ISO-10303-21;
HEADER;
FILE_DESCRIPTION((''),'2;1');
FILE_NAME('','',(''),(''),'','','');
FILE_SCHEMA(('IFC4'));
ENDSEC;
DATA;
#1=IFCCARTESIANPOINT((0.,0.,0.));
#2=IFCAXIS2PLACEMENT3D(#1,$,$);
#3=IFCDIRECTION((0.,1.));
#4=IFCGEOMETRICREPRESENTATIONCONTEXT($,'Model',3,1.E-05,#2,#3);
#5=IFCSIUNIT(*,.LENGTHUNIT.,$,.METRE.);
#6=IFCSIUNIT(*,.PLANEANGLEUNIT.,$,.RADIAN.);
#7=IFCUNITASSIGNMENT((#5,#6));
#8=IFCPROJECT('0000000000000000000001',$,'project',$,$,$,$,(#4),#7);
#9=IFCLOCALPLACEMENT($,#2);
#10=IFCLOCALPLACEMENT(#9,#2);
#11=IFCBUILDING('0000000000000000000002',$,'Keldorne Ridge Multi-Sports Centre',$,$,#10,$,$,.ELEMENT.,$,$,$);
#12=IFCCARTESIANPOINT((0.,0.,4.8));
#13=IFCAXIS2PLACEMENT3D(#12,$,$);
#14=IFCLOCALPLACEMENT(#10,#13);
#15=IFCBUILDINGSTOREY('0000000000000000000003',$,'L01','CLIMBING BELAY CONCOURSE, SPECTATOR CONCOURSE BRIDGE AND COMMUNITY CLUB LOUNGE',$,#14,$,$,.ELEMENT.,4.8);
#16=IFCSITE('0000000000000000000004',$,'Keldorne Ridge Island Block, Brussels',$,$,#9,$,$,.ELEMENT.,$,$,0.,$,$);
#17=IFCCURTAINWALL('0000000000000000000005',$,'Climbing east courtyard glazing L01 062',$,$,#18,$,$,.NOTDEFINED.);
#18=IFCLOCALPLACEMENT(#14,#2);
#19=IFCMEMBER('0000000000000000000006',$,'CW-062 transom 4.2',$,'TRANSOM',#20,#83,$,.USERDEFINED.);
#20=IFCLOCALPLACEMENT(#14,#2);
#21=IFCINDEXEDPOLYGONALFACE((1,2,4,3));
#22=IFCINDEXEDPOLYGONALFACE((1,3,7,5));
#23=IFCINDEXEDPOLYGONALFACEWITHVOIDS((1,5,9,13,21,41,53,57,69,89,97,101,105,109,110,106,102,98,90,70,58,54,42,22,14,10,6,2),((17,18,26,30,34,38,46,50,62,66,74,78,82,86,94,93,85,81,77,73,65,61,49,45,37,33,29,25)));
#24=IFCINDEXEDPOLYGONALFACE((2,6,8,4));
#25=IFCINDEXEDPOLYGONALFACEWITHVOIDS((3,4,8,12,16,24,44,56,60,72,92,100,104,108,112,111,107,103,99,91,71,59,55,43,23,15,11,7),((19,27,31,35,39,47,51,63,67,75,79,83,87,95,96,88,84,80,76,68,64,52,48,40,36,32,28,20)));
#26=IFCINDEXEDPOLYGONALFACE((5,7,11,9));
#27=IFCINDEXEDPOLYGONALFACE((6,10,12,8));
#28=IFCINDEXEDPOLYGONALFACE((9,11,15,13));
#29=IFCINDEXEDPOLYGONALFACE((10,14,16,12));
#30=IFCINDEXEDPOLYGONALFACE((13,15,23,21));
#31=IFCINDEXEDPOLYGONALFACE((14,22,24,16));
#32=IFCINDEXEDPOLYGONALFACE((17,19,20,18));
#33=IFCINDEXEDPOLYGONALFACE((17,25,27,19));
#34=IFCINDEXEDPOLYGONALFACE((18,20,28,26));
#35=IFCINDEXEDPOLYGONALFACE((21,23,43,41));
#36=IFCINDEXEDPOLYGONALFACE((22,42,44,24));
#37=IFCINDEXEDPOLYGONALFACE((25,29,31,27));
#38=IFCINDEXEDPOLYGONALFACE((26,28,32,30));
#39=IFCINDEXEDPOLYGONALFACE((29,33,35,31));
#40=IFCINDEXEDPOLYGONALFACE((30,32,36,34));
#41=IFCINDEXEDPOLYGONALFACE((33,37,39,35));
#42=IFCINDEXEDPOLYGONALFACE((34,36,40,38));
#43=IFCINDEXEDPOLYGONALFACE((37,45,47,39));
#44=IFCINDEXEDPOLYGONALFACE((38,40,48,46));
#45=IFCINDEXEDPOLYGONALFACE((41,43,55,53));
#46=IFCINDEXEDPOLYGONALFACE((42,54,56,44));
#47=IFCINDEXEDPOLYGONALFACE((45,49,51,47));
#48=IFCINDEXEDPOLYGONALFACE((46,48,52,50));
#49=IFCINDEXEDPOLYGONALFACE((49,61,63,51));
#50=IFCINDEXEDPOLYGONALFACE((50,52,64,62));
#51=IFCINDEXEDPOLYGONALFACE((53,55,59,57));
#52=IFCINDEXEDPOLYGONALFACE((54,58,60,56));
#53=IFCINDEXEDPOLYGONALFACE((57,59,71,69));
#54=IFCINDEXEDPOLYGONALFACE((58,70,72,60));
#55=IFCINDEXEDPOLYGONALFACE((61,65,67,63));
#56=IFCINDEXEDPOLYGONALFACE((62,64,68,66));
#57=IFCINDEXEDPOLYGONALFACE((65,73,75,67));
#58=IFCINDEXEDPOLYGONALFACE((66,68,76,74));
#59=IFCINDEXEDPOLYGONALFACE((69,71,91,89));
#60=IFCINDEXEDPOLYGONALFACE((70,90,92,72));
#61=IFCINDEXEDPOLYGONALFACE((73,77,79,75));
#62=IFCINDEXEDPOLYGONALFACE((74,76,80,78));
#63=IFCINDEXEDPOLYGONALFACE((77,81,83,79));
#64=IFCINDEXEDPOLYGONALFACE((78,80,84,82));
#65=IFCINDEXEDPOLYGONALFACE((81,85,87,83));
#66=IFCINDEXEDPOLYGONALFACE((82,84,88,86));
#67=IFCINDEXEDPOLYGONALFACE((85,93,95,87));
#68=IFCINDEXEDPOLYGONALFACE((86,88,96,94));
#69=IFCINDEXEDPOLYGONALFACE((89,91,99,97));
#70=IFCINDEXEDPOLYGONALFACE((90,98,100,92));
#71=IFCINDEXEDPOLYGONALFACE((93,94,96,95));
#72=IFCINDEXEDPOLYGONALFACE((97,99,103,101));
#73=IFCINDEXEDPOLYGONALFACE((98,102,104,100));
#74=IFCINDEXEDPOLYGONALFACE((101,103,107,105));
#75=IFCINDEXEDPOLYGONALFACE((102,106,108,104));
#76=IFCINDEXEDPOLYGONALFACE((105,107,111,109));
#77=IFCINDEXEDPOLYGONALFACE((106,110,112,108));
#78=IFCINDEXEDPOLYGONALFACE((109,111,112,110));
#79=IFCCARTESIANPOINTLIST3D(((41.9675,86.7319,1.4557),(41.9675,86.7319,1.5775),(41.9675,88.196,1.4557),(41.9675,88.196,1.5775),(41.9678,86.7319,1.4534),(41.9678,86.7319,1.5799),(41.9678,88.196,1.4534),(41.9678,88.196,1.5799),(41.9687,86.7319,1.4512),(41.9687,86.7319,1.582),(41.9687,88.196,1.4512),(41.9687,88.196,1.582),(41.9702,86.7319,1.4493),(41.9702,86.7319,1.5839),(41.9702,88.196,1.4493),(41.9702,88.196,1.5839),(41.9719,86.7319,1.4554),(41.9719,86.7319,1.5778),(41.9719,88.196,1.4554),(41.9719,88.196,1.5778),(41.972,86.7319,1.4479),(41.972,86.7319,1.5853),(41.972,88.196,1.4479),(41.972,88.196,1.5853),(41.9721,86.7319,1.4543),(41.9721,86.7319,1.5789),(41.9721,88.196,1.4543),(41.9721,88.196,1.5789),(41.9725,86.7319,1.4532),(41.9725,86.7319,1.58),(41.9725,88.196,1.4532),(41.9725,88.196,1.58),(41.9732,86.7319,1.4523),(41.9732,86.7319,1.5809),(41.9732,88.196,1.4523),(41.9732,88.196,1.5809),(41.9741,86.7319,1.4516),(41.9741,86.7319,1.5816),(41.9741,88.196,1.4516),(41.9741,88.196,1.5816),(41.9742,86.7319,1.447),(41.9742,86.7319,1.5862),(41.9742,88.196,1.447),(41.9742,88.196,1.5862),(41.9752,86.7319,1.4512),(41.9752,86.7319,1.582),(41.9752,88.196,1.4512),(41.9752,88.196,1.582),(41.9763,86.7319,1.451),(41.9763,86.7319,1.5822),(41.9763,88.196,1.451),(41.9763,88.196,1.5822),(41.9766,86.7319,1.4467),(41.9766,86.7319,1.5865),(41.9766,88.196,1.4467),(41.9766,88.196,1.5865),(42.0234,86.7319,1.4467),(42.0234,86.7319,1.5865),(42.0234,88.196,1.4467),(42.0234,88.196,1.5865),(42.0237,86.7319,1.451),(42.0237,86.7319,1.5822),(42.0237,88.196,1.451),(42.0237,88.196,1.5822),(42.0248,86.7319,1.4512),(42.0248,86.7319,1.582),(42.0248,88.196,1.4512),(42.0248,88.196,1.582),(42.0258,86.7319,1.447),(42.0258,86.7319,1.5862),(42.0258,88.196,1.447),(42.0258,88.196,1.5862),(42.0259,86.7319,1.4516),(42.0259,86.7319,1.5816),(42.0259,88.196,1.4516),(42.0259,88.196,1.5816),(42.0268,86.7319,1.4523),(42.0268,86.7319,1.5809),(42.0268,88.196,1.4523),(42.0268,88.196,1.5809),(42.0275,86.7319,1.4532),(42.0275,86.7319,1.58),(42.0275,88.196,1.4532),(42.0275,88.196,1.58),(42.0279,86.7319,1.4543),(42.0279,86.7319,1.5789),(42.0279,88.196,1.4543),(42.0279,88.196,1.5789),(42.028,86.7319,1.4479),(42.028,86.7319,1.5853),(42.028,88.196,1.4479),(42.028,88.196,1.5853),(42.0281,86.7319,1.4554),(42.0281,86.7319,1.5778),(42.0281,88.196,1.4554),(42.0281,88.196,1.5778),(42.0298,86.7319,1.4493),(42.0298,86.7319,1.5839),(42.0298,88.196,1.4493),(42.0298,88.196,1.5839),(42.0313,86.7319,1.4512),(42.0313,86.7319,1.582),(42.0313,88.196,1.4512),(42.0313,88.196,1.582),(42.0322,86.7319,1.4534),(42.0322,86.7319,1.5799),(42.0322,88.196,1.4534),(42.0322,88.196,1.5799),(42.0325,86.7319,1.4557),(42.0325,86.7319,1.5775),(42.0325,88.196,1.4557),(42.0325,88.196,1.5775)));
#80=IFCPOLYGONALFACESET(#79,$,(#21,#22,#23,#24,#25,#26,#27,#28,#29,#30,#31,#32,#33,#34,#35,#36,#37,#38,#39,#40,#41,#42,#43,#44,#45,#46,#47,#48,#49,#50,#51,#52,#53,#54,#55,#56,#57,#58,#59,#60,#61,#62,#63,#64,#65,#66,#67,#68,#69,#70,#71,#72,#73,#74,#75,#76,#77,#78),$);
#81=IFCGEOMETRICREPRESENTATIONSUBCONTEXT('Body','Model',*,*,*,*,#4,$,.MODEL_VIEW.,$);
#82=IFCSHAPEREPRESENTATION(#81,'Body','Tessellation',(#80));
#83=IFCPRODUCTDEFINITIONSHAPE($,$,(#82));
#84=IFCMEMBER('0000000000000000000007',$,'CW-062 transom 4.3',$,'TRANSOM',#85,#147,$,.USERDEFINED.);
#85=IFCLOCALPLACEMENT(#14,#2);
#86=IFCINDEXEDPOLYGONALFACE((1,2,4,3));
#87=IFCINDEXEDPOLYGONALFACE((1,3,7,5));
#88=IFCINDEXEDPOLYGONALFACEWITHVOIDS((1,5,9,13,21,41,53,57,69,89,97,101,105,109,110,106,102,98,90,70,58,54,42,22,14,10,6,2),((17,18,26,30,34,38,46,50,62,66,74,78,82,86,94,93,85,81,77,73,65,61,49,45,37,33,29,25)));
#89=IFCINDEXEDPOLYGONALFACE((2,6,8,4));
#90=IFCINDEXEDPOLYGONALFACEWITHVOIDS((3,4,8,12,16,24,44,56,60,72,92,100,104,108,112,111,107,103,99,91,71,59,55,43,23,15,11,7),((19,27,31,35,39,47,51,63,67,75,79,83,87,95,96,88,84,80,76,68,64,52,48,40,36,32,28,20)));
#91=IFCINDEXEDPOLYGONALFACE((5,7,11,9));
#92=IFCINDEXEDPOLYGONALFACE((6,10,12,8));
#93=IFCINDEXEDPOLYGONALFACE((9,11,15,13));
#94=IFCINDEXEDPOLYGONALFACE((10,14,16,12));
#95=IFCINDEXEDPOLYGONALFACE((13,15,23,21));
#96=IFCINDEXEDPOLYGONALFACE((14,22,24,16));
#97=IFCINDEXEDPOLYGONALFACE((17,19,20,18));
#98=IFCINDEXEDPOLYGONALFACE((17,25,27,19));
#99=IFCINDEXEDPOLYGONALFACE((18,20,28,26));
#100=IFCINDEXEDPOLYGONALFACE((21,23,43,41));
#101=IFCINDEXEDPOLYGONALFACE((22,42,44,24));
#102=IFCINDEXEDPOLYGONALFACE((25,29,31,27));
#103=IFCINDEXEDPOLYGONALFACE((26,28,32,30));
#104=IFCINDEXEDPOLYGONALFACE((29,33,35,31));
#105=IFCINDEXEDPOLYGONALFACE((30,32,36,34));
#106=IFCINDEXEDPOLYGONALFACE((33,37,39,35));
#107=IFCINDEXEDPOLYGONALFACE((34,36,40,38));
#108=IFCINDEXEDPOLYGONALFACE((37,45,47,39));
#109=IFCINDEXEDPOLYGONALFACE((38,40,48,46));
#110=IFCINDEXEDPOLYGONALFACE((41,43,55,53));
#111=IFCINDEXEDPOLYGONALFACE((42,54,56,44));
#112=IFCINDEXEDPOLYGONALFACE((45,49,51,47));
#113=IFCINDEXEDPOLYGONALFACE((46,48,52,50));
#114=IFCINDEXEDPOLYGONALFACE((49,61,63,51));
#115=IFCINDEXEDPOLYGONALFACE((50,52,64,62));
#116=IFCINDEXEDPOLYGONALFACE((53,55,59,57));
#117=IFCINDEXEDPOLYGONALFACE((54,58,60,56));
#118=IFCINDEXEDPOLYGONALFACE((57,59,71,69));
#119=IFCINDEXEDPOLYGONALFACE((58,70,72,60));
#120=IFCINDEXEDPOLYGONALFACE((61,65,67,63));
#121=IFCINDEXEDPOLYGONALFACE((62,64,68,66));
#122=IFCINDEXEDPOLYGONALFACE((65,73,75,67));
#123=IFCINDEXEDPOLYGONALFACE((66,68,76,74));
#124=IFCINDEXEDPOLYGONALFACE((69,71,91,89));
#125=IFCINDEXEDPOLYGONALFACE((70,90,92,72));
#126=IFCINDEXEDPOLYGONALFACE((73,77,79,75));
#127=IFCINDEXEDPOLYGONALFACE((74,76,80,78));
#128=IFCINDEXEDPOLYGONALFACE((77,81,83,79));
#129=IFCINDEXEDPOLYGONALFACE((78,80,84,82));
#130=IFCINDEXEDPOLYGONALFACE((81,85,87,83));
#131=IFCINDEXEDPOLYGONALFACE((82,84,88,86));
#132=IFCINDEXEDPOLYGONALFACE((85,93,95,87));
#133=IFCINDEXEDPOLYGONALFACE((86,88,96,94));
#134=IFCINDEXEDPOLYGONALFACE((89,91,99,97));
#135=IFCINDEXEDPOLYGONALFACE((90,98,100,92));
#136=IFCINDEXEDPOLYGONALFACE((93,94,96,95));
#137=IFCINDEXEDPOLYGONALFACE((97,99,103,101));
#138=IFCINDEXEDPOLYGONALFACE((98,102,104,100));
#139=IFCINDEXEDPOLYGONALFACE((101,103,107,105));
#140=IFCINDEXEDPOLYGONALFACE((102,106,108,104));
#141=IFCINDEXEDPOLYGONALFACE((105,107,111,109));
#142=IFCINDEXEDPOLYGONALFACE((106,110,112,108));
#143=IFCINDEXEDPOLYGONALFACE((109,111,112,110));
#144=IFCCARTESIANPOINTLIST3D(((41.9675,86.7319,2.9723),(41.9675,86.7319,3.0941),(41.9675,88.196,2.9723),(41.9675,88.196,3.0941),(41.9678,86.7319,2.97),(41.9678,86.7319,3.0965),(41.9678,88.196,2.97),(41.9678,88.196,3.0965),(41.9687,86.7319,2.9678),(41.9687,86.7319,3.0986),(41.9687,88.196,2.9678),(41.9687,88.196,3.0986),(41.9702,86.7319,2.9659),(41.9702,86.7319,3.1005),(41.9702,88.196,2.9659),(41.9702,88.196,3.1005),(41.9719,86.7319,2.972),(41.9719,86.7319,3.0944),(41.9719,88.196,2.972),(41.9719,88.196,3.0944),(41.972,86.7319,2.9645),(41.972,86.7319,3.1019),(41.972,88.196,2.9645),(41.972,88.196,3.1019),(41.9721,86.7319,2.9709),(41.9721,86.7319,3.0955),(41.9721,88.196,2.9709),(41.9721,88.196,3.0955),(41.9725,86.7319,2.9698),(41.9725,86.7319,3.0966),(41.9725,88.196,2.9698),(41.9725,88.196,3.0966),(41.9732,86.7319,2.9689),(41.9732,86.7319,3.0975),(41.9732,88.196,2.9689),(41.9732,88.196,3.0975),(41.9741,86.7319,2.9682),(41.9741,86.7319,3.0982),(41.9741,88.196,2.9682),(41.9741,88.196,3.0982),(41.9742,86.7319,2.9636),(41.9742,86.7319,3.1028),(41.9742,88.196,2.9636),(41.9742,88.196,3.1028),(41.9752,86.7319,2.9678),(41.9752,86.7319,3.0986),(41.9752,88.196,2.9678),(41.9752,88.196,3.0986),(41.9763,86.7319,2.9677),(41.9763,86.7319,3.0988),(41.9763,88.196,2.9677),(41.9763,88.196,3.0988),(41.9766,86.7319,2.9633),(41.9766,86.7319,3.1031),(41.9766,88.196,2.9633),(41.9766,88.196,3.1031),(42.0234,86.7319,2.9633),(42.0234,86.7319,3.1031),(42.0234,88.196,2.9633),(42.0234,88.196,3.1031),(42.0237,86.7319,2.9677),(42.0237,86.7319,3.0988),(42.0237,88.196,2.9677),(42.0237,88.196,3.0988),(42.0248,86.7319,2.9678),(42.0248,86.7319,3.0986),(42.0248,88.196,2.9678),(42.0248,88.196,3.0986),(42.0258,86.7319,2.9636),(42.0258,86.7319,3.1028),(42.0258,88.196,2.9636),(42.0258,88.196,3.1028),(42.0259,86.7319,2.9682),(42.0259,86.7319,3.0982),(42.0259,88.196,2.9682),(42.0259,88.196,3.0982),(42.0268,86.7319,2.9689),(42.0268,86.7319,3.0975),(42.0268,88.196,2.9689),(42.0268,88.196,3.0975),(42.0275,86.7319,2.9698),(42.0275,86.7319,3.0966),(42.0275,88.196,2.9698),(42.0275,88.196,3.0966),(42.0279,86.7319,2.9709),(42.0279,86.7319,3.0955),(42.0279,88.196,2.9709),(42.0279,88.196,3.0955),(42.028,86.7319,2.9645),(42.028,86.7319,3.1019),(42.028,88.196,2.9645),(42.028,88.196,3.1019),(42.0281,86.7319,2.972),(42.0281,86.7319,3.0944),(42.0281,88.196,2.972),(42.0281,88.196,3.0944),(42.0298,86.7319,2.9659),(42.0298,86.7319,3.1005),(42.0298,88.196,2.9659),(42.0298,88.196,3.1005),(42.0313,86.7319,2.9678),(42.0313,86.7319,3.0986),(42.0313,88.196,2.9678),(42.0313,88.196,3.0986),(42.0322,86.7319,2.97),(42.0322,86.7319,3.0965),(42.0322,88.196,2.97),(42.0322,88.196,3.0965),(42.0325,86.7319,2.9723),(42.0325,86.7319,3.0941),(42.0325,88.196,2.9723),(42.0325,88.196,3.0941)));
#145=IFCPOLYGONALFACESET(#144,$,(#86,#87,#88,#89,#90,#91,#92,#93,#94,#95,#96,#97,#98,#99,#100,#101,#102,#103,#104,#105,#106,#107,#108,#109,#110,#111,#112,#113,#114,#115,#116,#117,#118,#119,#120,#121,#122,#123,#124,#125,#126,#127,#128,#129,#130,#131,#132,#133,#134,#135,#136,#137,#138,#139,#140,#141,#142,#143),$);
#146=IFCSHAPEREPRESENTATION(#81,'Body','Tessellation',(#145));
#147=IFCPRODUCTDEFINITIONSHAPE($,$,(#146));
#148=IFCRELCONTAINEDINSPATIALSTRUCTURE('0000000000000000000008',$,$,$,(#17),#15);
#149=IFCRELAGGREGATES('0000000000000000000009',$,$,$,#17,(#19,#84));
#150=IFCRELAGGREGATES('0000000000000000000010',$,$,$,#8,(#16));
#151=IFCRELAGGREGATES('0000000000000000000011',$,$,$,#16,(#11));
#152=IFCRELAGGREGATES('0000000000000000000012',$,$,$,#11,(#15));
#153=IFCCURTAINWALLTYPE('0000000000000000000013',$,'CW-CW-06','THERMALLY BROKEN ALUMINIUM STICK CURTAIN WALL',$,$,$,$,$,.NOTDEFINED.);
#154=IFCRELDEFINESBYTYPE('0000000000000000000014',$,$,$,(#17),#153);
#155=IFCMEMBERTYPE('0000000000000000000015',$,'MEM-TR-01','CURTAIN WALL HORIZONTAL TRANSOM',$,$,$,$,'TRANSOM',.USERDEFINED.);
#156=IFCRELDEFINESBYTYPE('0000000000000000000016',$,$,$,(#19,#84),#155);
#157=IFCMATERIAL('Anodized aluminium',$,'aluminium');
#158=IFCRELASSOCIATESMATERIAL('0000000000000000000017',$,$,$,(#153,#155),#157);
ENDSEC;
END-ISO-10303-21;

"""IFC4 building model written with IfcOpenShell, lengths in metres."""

from ifc_helpers import new_model, si_unit, direction, frame, origin, origin_2d, place, context, subcontext, project, spatial, hollow_rectangle, extrude, material, material_profile, profile_set, type_object, element, aggregate, save


model = new_model("IFC4")

# Units and contexts
model_context = context("Model", 3, precision=1e-05, world=origin(), true_north=direction((0.0, 1.0)))
body_context = subcontext(model_context, "Body", "Model", "MODEL_VIEW")
ifc_project = project(units=[si_unit("LENGTHUNIT", "METRE"), si_unit("PLANEANGLEUNIT", "RADIAN")], contexts=[model_context])

# Site, building, storey
site_placement = place(None, origin())
site = spatial("IfcSite", under=ifc_project, at=site_placement, Name="Keldorne Ridge Island Block, Brussels", CompositionType="ELEMENT", RefElevation=0.0)
building_placement = place(site_placement, origin())
building = spatial("IfcBuilding", under=site, at=building_placement, Name="Keldorne Ridge Multi-Sports Centre", CompositionType="ELEMENT")
storey_placement = place(building_placement, frame((0.0, 0.0, 4.8)))
storey = spatial("IfcBuildingStorey", under=building, at=storey_placement, Name="L01", Description="CLIMBING BELAY CONCOURSE, SPECTATOR CONCOURSE BRIDGE AND COMMUNITY CLUB LOUNGE", CompositionType="ELEMENT", Elevation=4.8)

# Curtain wall
ifc_material_1 = material(Name="Anodized aluminium", Category="aluminium")
curtain_wall_type_1 = type_object("IfcCurtainWallType", Name="CW-CW-06", Description="THERMALLY BROKEN ALUMINIUM STICK CURTAIN WALL", PredefinedType="NOTDEFINED", material=ifc_material_1)
curtain_wall_1_placement = place(storey_placement, origin())
curtain_wall_1 = element("IfcCurtainWall", 1, at=curtain_wall_1_placement, inside=storey, type_object=curtain_wall_type_1, Name="Climbing east courtyard glazing L01 062", PredefinedType="NOTDEFINED")

# Members
ifc_material_profile_1 = material_profile(ifc_material_1, hollow_rectangle(XDim=0.0649, YDim=0.1399, WallThickness=0.0044, InnerFilletRadius=0.0044, OuterFilletRadius=0.009, at=origin_2d()), Name="ALU TRANSOM 140x65x4.5")
ifc_profile_set_1 = profile_set([ifc_material_profile_1], Name="Anodized aluminium")
member_type_1 = type_object("IfcMemberType", Name="MEM-TR-01", Description="CURTAIN WALL HORIZONTAL TRANSOM", ElementType="TRANSOM", PredefinedType="USERDEFINED", material=ifc_profile_set_1)
member_1_placement = place(storey_placement, frame((42.0, 86.7319, 1.5166), z_axis=(0.0, 1.0, 0.0), x_axis=(-1.0, 0.0, 0.0)))
member_1 = element("IfcMember", 2, at=member_1_placement, type_object=member_type_1, Name="CW-062 transom 4.2", ObjectType="TRANSOM", PredefinedType="USERDEFINED", context=body_context, shape_type="SweptSolid", body=[
    extrude(hollow_rectangle(XDim=0.0649, YDim=0.1399, WallThickness=0.0044, InnerFilletRadius=0.0044, OuterFilletRadius=0.009, at=origin_2d()), origin(), (0.0, 0.0, 1.0), 1.4641),
])
member_2_placement = place(storey_placement, frame((42.0, 86.7319, 3.0332), z_axis=(0.0, 1.0, 0.0), x_axis=(-1.0, 0.0, 0.0)))
member_2 = element("IfcMember", 3, at=member_2_placement, type_object=member_type_1, Name="CW-062 transom 4.3", ObjectType="TRANSOM", PredefinedType="USERDEFINED", context=body_context, shape_type="SweptSolid", body=[
    extrude(hollow_rectangle(XDim=0.0649, YDim=0.1399, WallThickness=0.0044, InnerFilletRadius=0.0044, OuterFilletRadius=0.009, at=origin_2d()), origin(), (0.0, 0.0, 1.0), 1.4641),
])

aggregate(curtain_wall_1, [member_1, member_2])

save(model, "model.ifc")
